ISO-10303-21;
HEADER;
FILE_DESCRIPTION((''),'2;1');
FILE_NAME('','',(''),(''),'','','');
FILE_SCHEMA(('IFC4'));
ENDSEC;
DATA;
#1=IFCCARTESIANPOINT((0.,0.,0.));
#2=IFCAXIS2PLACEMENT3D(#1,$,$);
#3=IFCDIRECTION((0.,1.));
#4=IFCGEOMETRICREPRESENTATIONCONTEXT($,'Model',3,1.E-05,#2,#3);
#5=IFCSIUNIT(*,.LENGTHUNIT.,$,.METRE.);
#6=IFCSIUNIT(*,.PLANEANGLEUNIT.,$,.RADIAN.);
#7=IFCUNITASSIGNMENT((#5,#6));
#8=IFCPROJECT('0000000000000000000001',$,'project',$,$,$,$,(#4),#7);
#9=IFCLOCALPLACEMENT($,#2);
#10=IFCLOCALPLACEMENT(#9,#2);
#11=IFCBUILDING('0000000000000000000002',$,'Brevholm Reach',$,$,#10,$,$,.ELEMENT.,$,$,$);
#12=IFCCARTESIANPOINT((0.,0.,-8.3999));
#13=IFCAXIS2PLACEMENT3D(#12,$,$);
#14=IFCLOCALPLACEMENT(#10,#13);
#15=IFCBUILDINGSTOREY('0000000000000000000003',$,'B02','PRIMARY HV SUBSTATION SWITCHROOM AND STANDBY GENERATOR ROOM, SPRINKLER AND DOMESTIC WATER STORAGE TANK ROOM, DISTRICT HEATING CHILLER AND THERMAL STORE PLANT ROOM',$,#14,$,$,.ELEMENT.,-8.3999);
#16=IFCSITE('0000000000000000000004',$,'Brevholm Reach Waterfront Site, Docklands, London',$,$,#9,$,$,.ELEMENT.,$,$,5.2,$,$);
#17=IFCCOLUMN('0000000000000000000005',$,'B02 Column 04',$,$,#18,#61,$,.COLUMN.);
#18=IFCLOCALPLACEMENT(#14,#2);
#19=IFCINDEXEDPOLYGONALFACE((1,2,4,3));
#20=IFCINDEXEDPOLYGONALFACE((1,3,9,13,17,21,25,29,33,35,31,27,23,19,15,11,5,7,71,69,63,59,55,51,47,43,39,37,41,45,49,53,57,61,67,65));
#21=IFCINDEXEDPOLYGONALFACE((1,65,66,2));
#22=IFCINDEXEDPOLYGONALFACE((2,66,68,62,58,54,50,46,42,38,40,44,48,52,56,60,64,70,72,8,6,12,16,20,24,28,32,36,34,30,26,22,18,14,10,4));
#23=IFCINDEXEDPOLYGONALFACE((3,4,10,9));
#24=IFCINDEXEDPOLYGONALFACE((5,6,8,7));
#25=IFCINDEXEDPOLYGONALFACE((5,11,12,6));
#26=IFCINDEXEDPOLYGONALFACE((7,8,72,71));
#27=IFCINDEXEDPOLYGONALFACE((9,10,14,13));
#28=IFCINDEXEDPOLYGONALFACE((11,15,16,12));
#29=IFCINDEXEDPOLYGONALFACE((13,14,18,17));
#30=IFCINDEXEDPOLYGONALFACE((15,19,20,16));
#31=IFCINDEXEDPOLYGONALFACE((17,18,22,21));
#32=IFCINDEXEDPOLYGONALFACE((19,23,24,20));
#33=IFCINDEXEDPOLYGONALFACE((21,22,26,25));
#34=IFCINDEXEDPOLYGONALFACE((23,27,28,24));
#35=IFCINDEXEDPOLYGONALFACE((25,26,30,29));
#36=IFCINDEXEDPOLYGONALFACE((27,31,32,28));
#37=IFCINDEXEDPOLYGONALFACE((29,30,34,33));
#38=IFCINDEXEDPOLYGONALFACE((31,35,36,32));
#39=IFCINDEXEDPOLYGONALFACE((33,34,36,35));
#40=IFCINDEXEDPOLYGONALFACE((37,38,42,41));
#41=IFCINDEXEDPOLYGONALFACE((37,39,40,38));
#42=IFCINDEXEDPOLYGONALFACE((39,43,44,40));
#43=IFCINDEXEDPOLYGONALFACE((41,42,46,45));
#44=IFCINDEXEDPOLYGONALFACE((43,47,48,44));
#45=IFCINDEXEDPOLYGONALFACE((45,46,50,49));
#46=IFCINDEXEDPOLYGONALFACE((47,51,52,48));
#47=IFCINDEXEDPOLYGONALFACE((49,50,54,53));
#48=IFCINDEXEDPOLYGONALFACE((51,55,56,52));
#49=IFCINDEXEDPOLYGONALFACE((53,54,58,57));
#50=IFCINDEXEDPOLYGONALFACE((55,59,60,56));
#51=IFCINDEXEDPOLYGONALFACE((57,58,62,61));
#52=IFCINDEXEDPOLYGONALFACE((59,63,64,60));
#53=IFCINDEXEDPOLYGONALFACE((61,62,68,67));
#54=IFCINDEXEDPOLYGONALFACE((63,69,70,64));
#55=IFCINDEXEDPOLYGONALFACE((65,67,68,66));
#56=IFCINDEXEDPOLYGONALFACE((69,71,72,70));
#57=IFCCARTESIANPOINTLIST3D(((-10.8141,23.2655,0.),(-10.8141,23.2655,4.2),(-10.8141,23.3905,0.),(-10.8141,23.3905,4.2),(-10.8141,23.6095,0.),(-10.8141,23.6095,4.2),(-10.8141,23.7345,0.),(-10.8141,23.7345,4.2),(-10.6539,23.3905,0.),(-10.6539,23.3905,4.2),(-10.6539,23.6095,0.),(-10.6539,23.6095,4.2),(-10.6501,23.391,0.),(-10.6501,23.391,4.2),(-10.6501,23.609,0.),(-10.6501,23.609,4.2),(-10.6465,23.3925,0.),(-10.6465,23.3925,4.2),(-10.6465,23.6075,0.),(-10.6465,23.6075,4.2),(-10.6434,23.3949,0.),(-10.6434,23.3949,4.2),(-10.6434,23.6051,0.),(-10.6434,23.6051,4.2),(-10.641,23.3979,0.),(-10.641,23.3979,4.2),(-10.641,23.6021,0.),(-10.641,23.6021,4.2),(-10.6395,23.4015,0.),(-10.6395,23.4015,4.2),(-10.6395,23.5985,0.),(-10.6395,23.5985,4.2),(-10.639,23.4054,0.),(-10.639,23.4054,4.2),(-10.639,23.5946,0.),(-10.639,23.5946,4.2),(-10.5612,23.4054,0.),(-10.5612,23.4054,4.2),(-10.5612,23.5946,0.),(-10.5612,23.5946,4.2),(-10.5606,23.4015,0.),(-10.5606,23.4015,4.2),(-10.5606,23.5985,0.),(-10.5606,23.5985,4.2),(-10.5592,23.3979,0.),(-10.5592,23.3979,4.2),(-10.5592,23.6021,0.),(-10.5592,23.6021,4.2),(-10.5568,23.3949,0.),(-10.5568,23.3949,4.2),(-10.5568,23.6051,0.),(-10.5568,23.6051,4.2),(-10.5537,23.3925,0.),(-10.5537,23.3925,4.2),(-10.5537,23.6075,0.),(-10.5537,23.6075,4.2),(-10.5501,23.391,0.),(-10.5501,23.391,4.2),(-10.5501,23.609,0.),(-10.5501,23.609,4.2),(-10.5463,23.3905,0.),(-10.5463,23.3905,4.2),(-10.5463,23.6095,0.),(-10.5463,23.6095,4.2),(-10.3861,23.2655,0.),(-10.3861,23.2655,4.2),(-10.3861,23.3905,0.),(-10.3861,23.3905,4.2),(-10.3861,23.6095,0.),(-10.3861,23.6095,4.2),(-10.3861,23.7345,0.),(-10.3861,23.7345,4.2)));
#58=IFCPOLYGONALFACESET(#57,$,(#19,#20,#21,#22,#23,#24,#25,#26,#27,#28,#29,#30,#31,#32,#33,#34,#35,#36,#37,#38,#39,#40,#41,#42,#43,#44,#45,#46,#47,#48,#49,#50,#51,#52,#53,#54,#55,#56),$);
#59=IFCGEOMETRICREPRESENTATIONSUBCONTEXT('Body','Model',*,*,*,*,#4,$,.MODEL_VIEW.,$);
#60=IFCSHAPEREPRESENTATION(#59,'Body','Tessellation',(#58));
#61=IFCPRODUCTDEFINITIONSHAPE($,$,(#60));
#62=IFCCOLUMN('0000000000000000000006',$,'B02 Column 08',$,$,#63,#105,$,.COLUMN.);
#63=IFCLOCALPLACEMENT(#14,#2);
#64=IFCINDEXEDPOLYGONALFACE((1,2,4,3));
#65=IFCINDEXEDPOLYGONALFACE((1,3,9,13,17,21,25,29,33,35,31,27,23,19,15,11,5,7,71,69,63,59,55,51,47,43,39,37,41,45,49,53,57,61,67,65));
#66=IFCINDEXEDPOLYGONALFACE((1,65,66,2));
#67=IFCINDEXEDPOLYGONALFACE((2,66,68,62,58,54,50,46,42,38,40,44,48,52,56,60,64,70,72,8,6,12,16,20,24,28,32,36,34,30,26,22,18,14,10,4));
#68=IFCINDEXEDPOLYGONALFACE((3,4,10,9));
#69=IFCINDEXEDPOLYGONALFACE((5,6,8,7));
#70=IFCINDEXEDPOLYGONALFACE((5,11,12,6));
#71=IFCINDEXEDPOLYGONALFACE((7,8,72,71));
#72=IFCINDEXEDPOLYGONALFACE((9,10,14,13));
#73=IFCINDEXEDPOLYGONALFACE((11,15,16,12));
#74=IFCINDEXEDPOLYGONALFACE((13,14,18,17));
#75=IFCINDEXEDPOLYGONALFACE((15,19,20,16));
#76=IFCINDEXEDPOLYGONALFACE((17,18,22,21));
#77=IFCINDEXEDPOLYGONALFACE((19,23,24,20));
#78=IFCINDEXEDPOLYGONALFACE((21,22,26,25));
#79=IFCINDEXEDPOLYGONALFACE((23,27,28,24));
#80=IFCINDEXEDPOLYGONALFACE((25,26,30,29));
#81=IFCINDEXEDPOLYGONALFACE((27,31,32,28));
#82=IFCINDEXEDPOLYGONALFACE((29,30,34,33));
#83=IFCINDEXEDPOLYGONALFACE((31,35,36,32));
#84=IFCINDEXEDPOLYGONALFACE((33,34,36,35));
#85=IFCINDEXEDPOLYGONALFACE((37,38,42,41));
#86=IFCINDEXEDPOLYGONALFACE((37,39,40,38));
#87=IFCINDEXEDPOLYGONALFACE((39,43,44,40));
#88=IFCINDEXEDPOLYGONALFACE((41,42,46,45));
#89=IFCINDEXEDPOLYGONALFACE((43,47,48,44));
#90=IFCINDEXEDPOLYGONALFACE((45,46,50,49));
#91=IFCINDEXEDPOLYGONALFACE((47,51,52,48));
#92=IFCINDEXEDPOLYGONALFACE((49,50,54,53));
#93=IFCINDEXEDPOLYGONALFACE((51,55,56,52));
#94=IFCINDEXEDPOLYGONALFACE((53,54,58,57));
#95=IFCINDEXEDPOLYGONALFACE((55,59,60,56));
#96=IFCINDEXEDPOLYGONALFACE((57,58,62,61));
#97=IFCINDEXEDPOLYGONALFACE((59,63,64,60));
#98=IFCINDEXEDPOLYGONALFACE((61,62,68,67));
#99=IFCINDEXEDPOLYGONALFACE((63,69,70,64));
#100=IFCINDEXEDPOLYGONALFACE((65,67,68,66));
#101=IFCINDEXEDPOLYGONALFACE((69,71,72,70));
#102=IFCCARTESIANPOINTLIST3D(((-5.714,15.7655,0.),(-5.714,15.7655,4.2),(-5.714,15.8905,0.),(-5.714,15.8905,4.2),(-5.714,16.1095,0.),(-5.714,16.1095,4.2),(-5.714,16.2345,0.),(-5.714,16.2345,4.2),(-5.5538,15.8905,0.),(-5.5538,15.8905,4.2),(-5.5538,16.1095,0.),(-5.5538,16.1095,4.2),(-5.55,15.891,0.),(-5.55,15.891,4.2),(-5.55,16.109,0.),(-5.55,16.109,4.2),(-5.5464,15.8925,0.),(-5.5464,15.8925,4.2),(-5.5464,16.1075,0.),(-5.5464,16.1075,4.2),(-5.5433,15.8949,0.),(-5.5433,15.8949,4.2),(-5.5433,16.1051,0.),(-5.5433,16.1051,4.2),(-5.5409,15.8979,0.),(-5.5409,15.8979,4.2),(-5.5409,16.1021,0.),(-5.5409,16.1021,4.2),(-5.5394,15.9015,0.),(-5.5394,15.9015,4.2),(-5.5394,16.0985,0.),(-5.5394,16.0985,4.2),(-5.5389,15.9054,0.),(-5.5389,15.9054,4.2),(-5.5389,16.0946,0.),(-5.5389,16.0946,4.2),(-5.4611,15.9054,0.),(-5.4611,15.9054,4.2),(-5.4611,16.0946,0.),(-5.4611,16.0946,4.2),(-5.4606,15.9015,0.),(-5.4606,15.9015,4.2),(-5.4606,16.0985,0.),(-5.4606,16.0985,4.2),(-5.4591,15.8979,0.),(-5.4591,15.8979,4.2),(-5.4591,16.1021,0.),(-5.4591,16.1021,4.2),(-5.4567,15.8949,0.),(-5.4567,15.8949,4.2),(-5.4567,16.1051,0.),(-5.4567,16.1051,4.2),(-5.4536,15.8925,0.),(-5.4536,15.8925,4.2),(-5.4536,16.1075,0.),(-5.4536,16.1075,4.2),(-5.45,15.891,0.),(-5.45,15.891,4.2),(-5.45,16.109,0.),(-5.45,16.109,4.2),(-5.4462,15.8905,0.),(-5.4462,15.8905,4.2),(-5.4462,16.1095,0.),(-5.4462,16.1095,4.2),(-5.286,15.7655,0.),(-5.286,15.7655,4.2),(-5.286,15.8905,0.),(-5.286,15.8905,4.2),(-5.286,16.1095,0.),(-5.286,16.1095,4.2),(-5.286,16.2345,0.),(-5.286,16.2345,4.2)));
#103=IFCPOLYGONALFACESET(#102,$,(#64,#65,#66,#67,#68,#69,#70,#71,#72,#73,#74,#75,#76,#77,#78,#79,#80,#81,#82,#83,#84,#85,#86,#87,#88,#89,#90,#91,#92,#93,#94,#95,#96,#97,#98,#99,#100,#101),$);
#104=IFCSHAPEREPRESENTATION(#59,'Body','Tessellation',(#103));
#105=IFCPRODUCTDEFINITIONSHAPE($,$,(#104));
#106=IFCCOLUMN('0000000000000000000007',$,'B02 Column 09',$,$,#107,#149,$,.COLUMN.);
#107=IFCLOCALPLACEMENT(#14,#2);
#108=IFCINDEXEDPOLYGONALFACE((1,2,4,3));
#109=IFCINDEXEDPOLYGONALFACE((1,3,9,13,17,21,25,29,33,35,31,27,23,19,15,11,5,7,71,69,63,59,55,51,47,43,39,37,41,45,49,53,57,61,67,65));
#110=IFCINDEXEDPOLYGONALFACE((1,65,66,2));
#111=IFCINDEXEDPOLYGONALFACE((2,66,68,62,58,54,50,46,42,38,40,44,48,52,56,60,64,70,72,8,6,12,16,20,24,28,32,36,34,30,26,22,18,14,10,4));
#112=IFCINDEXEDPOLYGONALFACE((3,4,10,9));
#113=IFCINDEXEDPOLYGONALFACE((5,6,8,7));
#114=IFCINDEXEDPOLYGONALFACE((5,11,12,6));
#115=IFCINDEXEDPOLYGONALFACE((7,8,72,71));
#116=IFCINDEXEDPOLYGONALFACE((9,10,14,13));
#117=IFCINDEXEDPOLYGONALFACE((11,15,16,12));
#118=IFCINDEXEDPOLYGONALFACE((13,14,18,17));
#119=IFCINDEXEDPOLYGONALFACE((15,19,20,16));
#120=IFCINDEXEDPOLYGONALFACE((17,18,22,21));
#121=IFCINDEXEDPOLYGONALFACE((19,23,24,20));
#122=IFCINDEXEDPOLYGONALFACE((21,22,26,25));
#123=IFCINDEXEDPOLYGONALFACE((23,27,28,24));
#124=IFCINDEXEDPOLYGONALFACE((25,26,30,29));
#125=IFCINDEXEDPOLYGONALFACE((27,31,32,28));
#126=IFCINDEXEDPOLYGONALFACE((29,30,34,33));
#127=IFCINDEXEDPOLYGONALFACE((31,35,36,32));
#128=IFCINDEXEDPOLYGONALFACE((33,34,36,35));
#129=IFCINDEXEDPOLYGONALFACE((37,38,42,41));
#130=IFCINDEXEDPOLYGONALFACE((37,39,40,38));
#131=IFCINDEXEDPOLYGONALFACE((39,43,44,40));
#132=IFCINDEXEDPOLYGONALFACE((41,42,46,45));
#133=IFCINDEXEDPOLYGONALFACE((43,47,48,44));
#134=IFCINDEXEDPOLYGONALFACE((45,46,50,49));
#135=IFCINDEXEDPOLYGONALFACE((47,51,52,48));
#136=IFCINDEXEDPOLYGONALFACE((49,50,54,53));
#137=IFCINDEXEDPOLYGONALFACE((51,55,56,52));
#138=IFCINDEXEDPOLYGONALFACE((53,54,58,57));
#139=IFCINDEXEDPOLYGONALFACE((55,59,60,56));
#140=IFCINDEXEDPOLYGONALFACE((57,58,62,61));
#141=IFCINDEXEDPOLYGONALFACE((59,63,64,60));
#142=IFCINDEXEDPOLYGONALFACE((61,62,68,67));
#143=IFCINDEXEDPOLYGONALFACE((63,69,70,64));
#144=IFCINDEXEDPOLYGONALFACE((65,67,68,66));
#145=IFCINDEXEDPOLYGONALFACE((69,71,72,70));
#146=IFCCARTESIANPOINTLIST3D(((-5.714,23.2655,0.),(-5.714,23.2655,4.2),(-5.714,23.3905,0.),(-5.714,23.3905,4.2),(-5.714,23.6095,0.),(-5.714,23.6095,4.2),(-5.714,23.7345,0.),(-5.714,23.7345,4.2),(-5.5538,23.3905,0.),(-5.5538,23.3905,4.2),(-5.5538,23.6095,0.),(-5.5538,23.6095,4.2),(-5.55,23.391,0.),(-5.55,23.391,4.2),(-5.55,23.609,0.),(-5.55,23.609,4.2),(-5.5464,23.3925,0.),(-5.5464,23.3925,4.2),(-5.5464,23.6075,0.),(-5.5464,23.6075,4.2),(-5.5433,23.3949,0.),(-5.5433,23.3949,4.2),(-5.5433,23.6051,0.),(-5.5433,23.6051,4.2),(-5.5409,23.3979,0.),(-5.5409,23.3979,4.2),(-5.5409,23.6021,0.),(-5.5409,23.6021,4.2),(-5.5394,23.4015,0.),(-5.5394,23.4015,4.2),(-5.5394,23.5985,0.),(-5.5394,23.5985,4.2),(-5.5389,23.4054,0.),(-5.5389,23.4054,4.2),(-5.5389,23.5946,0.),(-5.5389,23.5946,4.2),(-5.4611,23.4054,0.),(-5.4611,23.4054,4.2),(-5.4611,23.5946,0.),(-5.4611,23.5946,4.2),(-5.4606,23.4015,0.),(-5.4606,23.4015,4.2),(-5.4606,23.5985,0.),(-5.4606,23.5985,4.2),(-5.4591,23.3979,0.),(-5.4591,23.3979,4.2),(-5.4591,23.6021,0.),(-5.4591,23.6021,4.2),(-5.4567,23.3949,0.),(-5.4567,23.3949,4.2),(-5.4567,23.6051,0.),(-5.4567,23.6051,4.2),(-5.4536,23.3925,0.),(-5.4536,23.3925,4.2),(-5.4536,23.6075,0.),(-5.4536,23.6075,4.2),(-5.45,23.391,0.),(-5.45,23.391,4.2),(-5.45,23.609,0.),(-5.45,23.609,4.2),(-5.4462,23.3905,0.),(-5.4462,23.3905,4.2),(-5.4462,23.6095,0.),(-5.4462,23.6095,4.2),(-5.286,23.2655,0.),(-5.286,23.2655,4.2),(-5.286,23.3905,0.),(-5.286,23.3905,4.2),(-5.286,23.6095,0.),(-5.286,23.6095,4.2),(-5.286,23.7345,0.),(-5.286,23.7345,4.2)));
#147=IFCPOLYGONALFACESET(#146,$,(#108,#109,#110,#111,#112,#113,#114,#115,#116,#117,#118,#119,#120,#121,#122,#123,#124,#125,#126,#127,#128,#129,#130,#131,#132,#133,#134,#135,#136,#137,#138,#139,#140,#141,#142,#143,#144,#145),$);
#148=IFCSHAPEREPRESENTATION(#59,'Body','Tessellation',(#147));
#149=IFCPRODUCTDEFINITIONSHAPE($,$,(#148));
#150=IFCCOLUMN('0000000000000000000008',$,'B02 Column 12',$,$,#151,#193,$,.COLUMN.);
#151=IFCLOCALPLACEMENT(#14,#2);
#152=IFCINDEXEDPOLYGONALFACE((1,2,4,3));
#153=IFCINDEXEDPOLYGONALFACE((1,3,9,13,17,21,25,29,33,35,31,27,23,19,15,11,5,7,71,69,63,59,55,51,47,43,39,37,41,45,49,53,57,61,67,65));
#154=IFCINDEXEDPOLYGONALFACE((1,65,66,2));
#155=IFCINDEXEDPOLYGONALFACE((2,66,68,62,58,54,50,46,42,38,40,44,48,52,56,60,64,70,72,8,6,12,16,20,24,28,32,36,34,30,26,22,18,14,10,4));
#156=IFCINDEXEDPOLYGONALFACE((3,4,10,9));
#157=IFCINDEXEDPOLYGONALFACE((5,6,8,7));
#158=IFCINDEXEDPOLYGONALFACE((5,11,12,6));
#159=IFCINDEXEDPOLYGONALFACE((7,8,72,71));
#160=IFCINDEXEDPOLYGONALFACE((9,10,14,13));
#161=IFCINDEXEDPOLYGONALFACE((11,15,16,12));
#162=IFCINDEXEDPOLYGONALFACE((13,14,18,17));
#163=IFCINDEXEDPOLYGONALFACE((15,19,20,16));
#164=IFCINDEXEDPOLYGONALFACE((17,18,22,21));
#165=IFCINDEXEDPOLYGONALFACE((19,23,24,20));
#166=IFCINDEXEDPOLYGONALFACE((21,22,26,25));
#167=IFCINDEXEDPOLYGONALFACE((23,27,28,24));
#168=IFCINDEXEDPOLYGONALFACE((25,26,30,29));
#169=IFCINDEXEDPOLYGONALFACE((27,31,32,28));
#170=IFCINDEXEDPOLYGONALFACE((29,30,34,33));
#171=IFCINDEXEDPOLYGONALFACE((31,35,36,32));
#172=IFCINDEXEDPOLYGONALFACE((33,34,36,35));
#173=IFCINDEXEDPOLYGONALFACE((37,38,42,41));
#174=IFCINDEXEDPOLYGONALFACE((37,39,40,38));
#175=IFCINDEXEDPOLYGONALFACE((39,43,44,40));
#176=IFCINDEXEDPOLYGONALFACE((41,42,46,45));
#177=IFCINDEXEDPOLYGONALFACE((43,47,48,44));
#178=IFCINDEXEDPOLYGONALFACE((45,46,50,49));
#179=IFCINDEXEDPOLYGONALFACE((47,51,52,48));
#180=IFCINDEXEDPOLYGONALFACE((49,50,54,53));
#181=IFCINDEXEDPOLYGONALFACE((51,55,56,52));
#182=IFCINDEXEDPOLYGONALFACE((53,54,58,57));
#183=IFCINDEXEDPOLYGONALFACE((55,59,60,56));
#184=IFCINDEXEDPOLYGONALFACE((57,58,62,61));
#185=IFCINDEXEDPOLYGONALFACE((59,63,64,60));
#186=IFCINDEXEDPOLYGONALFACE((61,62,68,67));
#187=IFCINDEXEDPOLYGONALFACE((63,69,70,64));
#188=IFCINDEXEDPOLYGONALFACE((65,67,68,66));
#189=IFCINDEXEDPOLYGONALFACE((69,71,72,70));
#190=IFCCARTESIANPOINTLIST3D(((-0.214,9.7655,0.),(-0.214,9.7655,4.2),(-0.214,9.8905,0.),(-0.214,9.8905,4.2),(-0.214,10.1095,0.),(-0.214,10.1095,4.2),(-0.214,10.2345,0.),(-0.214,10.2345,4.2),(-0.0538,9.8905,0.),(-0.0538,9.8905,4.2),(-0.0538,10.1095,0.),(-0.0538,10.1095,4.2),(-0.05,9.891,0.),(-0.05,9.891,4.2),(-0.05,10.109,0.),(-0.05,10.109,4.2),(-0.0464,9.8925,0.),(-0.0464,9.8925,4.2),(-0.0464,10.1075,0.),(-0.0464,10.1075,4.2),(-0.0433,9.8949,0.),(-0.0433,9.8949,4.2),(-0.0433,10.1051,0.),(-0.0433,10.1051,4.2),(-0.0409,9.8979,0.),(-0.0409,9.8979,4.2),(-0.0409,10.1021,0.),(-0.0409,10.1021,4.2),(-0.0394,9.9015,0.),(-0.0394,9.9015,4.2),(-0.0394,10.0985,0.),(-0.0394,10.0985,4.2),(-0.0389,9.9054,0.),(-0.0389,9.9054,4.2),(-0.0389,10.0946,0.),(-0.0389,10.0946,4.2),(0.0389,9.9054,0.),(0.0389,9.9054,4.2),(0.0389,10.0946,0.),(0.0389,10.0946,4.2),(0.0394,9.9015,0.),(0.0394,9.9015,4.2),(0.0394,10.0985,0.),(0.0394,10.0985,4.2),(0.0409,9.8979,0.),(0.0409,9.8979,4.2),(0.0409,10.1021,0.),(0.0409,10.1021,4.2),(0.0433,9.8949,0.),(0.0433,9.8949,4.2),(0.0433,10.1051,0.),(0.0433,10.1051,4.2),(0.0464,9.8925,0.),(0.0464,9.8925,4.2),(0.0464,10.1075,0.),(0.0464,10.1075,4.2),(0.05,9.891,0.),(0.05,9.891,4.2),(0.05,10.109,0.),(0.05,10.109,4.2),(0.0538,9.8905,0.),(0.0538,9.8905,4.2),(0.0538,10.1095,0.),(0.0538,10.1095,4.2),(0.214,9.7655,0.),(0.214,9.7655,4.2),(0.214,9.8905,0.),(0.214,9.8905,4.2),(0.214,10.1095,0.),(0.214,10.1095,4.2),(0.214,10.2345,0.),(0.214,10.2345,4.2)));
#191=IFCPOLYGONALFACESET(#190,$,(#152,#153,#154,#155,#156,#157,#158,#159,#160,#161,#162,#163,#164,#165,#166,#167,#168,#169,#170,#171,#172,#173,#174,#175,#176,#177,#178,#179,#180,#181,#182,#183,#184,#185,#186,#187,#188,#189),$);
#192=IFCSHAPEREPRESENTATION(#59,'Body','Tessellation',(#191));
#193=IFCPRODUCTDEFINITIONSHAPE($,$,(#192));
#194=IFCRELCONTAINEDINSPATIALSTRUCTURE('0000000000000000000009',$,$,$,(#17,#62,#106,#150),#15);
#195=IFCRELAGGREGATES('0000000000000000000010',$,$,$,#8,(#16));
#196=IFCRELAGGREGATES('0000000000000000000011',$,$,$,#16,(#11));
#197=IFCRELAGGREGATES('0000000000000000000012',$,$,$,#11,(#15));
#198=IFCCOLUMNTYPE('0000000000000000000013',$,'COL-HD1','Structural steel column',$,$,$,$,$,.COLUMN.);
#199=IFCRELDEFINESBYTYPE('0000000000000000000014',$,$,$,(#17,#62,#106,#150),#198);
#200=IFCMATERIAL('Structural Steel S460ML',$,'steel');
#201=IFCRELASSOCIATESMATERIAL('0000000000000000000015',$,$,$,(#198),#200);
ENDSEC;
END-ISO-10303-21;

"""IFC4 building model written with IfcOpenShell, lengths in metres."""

from ifc_helpers import new_model, si_unit, direction, frame, origin, origin_2d, place, context, subcontext, project, spatial, i_section, extrude, material, material_profile, profile_set, type_object, element, save


model = new_model("IFC4")

# Units and contexts
model_context = context("Model", 3, precision=1e-05, world=origin(), true_north=direction((0.0, 1.0)))
body_context = subcontext(model_context, "Body", "Model", "MODEL_VIEW")
ifc_project = project(units=[si_unit("LENGTHUNIT", "METRE"), si_unit("PLANEANGLEUNIT", "RADIAN")], contexts=[model_context])

# Site, building, storey
site_placement = place(None, origin())
site = spatial("IfcSite", under=ifc_project, at=site_placement, Name="Brevholm Reach Waterfront Site, Docklands, London", CompositionType="ELEMENT", RefElevation=5.2)
building_placement = place(site_placement, origin())
building = spatial("IfcBuilding", under=site, at=building_placement, Name="Brevholm Reach", CompositionType="ELEMENT")
storey_placement = place(building_placement, frame((0.0, 0.0, -8.3999)))
storey = spatial("IfcBuildingStorey", under=building, at=storey_placement, Name="B02", Description="PRIMARY HV SUBSTATION SWITCHROOM AND STANDBY GENERATOR ROOM, SPRINKLER AND DOMESTIC WATER STORAGE TANK ROOM, DISTRICT HEATING CHILLER AND THERMAL STORE PLANT ROOM", CompositionType="ELEMENT", Elevation=-8.3999)

# Columns
ifc_material_1 = material(Name="Structural Steel S460ML", Category="steel")
ifc_material_profile_1 = material_profile(ifc_material_1, i_section(OverallWidth=0.428, OverallDepth=0.469, WebThickness=0.0779, FlangeThickness=0.125, FilletRadius=0.0149, at=origin_2d()), Name="HD 400x1086")
ifc_profile_set_1 = profile_set([ifc_material_profile_1], Name="Structural Steel S460ML")
column_type = type_object("IfcColumnType", Name="COL-HD1", Description="Structural steel column", PredefinedType="COLUMN", material=ifc_profile_set_1)
for number, where, z_axis, x_axis, name in (
    (1, (-10.6001, 23.5, 0.0), (0.0, 0.0, 1.0), (1.0, 0.0, 0.0), "B02 Column 04"),
    (2, (-5.5, 16.0, 0.0), (0.0, 0.0, 1.0), (1.0, 0.0, 0.0), "B02 Column 08"),
    (3, (-5.5, 23.5, 0.0), (0.0, 0.0, 1.0), (1.0, 0.0, 0.0), "B02 Column 09"),
    (4, (0.0, 10.0, 0.0), (0.0, 0.0, 1.0), (1.0, 0.0, 0.0), "B02 Column 12"),
):
    element("IfcColumn", number, at=place(storey_placement, frame(where, z_axis=z_axis, x_axis=x_axis)), inside=storey, type_object=column_type, Name=name, PredefinedType="COLUMN", context=body_context, shape_type="SweptSolid", body=[
        extrude(i_section(OverallWidth=0.428, OverallDepth=0.469, WebThickness=0.0779, FlangeThickness=0.125, FilletRadius=0.0149, at=origin_2d()), origin(), (0.0, 0.0, 1.0), 4.2),
    ])

save(model, "model.ifc")
